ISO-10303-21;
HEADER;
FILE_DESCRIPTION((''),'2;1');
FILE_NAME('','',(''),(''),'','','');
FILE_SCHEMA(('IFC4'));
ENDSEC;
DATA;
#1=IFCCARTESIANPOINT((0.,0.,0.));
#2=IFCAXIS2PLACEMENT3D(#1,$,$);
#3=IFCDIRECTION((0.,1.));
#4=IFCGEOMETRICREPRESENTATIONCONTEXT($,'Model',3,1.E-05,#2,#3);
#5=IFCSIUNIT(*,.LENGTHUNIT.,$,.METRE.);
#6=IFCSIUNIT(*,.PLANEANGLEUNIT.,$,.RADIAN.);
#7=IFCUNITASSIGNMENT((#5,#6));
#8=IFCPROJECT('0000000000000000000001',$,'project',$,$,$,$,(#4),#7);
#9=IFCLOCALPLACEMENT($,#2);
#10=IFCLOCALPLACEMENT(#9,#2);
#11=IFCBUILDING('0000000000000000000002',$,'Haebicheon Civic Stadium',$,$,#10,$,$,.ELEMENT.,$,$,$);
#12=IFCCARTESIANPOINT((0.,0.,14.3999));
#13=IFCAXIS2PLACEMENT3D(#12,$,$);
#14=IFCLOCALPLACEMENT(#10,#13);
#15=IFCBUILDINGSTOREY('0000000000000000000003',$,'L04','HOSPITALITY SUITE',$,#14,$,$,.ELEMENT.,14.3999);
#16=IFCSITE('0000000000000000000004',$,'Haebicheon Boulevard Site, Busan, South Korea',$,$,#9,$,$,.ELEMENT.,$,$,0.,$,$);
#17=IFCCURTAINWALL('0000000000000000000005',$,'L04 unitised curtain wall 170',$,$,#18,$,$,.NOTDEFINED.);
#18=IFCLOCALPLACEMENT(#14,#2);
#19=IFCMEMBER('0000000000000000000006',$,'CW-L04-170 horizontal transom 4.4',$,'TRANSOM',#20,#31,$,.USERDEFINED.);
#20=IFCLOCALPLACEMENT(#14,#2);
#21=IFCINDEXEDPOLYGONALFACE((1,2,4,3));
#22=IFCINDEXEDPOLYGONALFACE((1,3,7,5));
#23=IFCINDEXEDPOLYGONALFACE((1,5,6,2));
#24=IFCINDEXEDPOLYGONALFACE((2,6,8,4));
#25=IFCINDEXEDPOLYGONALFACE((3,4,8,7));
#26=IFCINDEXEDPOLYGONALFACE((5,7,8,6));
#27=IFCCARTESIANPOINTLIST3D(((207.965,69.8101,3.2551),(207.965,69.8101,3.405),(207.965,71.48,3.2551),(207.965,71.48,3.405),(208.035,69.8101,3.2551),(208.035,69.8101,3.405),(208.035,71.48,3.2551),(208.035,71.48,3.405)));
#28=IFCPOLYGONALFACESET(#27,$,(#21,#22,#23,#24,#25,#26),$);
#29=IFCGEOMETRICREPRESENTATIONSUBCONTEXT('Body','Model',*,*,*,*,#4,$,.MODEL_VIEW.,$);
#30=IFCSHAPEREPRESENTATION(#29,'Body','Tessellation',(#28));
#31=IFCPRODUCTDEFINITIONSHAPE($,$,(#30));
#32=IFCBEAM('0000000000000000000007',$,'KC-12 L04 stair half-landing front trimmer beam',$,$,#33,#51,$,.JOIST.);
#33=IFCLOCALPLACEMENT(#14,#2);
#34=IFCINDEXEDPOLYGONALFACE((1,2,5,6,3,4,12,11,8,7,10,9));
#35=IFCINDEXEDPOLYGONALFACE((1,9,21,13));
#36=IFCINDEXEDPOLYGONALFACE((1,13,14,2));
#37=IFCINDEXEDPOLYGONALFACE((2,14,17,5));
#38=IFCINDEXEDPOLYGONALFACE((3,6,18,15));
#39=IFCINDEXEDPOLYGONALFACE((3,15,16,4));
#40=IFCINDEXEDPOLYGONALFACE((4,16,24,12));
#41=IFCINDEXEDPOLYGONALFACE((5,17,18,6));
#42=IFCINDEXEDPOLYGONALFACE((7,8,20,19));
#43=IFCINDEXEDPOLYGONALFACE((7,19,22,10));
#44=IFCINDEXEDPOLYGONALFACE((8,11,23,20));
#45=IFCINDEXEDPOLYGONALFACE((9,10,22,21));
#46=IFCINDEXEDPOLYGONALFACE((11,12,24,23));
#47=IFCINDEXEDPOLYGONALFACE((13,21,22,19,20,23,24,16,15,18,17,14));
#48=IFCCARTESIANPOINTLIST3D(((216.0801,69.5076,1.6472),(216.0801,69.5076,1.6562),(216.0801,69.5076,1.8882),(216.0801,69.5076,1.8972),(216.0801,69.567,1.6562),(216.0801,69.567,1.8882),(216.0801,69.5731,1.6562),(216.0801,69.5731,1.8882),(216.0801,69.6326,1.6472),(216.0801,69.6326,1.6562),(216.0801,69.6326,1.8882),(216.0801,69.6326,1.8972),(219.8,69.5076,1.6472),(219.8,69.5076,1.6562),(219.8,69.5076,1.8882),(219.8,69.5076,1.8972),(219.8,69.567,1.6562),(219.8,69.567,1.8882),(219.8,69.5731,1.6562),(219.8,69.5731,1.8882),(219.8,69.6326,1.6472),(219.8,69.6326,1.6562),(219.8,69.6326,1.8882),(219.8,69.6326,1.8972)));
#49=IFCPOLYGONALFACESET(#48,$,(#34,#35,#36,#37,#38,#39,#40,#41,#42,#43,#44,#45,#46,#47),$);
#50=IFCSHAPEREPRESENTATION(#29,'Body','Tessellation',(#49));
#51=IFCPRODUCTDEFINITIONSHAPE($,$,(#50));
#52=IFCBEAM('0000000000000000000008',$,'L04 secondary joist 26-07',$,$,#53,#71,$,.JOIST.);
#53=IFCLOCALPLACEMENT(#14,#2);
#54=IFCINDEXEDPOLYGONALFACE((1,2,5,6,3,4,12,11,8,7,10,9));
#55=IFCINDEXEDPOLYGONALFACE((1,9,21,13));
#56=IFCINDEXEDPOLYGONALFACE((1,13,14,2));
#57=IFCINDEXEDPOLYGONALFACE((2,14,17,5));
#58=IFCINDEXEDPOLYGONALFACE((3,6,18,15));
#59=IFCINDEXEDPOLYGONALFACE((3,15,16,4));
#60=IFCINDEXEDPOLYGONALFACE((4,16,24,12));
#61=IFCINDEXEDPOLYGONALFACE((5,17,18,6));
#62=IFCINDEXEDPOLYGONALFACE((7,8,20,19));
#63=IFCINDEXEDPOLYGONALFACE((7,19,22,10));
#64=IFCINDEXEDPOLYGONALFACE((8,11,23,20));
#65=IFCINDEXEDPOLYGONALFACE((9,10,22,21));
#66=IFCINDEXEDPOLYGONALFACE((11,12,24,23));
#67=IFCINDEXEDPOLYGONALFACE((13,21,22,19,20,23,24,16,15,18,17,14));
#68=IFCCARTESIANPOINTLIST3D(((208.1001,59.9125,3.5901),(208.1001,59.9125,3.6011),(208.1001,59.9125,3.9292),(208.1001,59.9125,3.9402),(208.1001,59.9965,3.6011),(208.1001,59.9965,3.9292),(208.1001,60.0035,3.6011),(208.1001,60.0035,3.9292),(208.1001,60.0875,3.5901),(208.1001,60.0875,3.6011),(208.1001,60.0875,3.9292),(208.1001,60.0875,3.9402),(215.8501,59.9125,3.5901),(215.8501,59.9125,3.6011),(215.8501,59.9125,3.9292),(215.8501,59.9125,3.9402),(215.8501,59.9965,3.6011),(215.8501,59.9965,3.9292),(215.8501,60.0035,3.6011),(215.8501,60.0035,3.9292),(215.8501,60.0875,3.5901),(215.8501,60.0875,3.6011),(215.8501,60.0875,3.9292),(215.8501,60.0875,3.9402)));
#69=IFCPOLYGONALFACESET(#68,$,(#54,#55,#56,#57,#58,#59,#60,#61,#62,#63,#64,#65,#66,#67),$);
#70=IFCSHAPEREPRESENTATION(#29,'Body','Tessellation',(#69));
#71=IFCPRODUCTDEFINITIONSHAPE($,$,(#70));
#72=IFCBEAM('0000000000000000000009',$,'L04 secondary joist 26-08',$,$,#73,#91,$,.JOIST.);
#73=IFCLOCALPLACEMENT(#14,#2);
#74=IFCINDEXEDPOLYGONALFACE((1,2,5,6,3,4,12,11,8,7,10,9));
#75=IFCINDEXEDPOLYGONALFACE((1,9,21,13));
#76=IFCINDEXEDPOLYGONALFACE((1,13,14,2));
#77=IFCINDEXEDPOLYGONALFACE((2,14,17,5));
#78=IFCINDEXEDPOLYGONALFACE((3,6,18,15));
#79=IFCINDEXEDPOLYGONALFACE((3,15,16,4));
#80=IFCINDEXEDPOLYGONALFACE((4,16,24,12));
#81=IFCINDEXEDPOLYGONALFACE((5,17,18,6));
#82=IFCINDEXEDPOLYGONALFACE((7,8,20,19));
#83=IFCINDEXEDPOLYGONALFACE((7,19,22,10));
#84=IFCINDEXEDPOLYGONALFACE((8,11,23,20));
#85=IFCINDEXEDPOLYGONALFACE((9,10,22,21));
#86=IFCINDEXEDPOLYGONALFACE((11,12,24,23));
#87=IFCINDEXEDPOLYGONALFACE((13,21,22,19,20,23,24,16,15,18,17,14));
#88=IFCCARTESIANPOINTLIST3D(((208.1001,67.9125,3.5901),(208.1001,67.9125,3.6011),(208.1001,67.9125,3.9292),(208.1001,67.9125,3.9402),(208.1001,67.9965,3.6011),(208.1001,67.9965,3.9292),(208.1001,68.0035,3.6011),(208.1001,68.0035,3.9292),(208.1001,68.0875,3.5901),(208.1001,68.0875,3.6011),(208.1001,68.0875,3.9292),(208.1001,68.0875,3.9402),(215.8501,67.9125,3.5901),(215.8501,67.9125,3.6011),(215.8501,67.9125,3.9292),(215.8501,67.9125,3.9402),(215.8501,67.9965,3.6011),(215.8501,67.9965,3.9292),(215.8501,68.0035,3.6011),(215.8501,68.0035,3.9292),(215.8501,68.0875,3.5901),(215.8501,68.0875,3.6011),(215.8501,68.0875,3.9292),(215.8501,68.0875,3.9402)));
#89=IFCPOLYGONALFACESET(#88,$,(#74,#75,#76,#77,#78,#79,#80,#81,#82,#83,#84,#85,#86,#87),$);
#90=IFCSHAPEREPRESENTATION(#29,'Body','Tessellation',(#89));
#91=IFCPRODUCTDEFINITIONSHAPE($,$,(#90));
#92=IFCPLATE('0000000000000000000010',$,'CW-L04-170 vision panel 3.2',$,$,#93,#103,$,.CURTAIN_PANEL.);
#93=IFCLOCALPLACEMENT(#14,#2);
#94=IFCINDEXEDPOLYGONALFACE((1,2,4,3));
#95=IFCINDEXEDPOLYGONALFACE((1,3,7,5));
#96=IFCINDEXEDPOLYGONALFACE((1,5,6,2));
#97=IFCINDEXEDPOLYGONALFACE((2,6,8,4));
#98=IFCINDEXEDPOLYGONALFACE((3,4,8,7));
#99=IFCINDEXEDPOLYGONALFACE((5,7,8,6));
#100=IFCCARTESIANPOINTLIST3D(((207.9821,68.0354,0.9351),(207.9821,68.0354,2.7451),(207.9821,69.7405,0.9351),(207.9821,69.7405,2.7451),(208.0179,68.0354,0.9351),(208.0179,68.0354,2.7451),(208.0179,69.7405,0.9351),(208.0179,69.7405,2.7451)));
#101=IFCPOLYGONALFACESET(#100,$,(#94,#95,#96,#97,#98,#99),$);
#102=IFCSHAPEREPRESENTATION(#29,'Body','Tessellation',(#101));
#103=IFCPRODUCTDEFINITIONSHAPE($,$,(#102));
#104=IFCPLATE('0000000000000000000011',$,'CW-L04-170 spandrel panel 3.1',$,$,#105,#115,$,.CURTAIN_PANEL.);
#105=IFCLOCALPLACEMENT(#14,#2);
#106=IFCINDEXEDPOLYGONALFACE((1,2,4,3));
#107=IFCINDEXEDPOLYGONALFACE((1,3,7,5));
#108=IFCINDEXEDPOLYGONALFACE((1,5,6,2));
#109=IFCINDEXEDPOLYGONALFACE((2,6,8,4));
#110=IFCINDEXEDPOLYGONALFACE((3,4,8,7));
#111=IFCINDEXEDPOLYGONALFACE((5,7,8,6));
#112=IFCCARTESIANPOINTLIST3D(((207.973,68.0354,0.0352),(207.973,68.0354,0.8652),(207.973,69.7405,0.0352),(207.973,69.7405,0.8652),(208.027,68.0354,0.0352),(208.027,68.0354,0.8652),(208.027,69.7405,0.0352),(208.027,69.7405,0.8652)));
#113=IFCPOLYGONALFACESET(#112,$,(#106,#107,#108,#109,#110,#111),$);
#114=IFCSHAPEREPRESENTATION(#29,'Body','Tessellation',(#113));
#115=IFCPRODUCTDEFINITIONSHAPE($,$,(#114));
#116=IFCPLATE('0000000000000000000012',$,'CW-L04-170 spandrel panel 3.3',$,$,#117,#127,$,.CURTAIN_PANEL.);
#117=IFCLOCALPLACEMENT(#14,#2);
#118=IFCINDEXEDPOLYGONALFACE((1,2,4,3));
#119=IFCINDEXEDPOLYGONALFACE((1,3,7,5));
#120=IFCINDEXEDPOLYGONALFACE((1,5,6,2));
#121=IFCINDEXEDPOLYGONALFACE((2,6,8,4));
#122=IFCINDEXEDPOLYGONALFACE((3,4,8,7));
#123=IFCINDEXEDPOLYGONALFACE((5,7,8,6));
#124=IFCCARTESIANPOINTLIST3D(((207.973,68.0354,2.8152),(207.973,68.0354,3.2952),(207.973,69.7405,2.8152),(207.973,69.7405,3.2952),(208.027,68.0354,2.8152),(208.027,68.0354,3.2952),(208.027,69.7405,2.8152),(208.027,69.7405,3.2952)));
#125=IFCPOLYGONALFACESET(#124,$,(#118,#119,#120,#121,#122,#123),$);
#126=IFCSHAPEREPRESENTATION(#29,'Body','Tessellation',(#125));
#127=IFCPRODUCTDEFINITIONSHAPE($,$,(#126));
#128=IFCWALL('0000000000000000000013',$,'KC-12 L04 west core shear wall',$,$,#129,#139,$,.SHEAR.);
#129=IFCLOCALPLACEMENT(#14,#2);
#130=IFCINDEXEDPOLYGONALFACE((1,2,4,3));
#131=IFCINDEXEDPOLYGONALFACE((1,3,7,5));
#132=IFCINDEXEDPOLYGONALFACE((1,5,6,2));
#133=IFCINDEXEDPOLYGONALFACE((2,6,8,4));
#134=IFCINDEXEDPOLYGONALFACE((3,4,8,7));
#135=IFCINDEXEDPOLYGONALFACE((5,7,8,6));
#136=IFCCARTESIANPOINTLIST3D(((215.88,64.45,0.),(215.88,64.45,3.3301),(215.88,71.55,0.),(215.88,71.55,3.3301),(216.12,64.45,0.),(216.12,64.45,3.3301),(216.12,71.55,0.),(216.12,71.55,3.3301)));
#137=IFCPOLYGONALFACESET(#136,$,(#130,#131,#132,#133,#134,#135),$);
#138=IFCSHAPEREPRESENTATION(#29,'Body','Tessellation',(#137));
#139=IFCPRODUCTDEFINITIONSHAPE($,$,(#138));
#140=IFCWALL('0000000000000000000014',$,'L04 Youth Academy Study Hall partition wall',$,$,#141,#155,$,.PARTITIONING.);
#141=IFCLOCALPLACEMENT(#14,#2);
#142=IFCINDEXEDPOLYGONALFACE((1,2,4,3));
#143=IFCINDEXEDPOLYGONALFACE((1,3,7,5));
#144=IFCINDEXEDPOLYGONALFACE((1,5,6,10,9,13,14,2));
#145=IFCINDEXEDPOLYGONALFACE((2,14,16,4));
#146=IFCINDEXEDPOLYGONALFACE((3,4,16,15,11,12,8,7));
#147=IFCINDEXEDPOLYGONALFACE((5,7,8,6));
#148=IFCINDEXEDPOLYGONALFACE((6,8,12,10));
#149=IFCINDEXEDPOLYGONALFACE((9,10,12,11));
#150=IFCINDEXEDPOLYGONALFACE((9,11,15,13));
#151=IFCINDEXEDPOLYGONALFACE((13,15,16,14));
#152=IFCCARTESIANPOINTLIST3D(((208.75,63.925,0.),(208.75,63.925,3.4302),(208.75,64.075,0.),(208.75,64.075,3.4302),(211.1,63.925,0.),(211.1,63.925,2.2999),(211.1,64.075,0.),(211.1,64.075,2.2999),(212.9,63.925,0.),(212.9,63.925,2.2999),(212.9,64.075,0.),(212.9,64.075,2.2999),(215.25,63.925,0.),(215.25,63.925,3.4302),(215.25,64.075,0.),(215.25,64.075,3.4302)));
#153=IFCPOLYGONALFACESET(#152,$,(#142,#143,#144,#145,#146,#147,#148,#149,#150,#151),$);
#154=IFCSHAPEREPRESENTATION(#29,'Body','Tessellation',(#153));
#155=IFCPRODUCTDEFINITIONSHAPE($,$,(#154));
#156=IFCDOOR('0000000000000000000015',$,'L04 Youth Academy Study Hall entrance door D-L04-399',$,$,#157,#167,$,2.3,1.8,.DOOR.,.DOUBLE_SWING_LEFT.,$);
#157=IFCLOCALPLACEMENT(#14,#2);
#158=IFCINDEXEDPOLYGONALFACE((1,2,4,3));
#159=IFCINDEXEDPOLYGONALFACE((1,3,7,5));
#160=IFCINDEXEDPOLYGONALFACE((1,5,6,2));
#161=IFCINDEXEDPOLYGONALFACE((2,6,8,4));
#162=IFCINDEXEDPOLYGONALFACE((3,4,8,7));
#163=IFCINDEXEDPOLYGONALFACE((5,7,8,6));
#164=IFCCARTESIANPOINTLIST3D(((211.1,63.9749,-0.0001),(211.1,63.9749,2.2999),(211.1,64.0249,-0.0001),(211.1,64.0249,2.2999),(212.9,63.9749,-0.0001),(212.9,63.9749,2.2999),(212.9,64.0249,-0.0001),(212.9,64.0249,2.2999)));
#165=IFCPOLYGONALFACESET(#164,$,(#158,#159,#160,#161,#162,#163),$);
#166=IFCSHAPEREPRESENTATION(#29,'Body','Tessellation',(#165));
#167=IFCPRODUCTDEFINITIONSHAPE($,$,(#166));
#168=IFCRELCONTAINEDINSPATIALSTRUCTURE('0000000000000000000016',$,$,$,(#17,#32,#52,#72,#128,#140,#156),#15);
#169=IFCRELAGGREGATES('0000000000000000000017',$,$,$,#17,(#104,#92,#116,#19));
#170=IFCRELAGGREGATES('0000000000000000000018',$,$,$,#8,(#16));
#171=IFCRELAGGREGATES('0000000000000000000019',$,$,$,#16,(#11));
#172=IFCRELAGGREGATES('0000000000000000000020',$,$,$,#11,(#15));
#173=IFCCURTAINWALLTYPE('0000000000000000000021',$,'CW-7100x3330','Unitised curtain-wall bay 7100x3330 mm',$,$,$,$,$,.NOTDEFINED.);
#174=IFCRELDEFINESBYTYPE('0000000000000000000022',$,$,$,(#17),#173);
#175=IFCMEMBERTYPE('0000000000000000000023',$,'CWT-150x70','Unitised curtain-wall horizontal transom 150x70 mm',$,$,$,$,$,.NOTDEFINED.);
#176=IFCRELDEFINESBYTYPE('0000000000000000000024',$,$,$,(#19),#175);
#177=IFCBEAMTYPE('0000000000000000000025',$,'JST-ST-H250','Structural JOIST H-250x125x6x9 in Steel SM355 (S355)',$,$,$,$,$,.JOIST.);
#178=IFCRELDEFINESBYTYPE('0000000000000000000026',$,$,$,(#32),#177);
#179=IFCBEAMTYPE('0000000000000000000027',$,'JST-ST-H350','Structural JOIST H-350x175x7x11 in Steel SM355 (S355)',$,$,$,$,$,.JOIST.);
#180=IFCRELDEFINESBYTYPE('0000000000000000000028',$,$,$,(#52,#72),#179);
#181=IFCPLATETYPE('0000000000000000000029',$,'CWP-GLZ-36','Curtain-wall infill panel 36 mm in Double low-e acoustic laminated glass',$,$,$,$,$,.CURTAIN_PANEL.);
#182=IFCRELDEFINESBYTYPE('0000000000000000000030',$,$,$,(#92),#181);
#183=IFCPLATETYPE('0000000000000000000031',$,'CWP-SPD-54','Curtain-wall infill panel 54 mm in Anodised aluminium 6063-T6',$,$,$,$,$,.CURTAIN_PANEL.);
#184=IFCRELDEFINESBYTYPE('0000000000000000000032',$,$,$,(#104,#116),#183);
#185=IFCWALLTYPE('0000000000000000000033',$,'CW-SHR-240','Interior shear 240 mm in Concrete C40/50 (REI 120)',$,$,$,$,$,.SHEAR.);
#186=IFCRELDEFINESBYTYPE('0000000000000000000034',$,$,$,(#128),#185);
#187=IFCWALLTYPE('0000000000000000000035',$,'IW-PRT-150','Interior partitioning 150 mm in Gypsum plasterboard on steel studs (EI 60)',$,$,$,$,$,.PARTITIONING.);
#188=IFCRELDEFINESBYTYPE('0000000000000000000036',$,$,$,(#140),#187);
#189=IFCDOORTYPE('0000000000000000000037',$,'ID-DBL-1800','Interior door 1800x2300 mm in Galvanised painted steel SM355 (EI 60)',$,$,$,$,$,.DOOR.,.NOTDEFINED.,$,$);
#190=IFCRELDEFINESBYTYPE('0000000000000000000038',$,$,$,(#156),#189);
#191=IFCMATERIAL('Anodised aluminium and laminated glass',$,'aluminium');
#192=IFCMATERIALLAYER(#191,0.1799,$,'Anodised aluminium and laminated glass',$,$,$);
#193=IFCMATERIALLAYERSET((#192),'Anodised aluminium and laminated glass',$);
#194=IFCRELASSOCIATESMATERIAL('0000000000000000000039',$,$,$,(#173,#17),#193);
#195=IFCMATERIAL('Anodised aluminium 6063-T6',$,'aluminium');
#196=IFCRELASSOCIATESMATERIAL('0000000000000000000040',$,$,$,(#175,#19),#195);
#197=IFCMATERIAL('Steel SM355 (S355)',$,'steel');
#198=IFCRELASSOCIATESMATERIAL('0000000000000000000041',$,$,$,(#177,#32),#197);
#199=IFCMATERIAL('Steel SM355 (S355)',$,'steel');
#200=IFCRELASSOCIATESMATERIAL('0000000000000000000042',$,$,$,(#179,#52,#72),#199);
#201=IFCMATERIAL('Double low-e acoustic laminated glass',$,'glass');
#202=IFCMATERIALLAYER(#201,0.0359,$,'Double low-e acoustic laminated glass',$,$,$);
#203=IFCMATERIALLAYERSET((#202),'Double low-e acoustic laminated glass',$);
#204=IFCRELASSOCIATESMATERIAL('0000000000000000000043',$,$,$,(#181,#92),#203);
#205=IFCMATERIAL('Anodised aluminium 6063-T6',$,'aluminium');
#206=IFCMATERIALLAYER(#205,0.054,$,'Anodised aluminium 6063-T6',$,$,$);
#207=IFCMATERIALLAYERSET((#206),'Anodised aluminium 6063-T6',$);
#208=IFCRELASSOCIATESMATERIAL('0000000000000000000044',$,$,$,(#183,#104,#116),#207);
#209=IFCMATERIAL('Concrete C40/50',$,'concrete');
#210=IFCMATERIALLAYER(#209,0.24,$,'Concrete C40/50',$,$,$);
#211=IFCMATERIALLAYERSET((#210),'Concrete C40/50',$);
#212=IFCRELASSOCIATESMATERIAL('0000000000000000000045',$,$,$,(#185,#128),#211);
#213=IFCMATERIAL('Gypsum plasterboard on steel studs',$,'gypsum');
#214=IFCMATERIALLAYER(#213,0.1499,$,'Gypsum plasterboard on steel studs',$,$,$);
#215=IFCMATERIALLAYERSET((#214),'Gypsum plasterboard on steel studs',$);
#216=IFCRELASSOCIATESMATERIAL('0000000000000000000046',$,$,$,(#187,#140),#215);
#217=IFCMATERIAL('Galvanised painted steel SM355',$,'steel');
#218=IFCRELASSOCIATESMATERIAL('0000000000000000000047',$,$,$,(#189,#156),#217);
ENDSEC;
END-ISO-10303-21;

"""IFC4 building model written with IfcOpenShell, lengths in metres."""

from ifc_helpers import new_model, si_unit, direction, frame, frame_2d, origin, origin_2d, place, context, subcontext, project, spatial, rectangle, i_section, extrude, material, layer, layer_set, material_profile, profile_set, type_object, element, fill, aggregate, save


model = new_model("IFC4")

# Units and contexts
model_context = context("Model", 3, precision=1e-05, world=origin(), true_north=direction((0.0, 1.0)))
body_context = subcontext(model_context, "Body", "Model", "MODEL_VIEW")
ifc_project = project(units=[si_unit("LENGTHUNIT", "METRE"), si_unit("PLANEANGLEUNIT", "RADIAN")], contexts=[model_context])

# Site, building, storey
site_placement = place(None, origin())
site = spatial("IfcSite", under=ifc_project, at=site_placement, Name="Haebicheon Boulevard Site, Busan, South Korea", CompositionType="ELEMENT", RefElevation=0.0)
building_placement = place(site_placement, origin())
building = spatial("IfcBuilding", under=site, at=building_placement, Name="Haebicheon Civic Stadium", CompositionType="ELEMENT")
storey_placement = place(building_placement, frame((0.0, 0.0, 14.3999)))
storey = spatial("IfcBuildingStorey", under=building, at=storey_placement, Name="L04", Description="HOSPITALITY SUITE", CompositionType="ELEMENT", Elevation=14.3999)

# Curtain wall, member
ifc_material_1 = material(Name="Anodised aluminium and laminated glass", Category="aluminium")
ifc_layer_1 = layer(ifc_material_1, 0.1799, Name="Anodised aluminium and laminated glass")
ifc_layer_set_1 = layer_set([ifc_layer_1], Name="Anodised aluminium and laminated glass")
curtain_wall_type = type_object("IfcCurtainWallType", Name="CW-7100x3330", Description="Unitised curtain-wall bay 7100x3330 mm", PredefinedType="NOTDEFINED", material=ifc_layer_set_1)
curtain_wall_placement = place(storey_placement, origin())
curtain_wall = element("IfcCurtainWall", 1, at=curtain_wall_placement, inside=storey, type_object=curtain_wall_type, material=ifc_layer_set_1, Name="L04 unitised curtain wall 170", PredefinedType="NOTDEFINED")
ifc_material_2 = material(Name="Anodised aluminium 6063-T6", Category="aluminium")
ifc_material_profile_1 = material_profile(ifc_material_2, rectangle(XDim=0.0701, YDim=0.1499, at=origin_2d()), Name="ALU-TRAN-70x150")
ifc_profile_set_1 = profile_set([ifc_material_profile_1], Name="Anodised aluminium 6063-T6")
member_type_1 = type_object("IfcMemberType", Name="CWT-150x70", Description="Unitised curtain-wall horizontal transom 150x70 mm", PredefinedType="NOTDEFINED", material=ifc_profile_set_1)
member_1_placement = place(storey_placement, frame((208.0, 69.8101, 3.3301), z_axis=(0.0, 1.0, 0.0), x_axis=(-1.0, 0.0, 0.0)))
member_1 = element("IfcMember", 2, at=member_1_placement, type_object=member_type_1, material=ifc_profile_set_1, Name="CW-L04-170 horizontal transom 4.4", ObjectType="TRANSOM", PredefinedType="USERDEFINED", context=body_context, shape_type="SweptSolid", body=[
    extrude(rectangle(XDim=0.0701, YDim=0.1499, at=origin_2d()), origin(), (0.0, 0.0, 1.0), 1.6699),
])

# Beams
ifc_material_3 = material(Name="Steel SM355 (S355)", Category="steel")
ifc_material_profile_2 = material_profile(ifc_material_3, i_section(OverallWidth=0.125, OverallDepth=0.25, WebThickness=0.0061, FlangeThickness=0.009, at=origin_2d()), Name="H-250x125x6x9")
ifc_profile_set_2 = profile_set([ifc_material_profile_2], Name="Steel SM355 (S355)")
beam_type_1 = type_object("IfcBeamType", Name="JST-ST-H250", Description="Structural JOIST H-250x125x6x9 in Steel SM355 (S355)", PredefinedType="JOIST", material=ifc_profile_set_2)
beam_1_placement = place(storey_placement, frame((216.0801, 69.5701, 1.7722), z_axis=(1.0, 0.0, 0.0), x_axis=(0.0, 1.0, 0.0)))
element("IfcBeam", 3, at=beam_1_placement, inside=storey, type_object=beam_type_1, material=ifc_profile_set_2, Name="KC-12 L04 stair half-landing front trimmer beam", PredefinedType="JOIST", context=body_context, shape_type="SweptSolid", body=[
    extrude(i_section(OverallWidth=0.125, OverallDepth=0.25, WebThickness=0.0061, FlangeThickness=0.009, at=origin_2d()), origin(), (0.0, 0.0, 1.0), 3.72),
])
ifc_material_4 = material(Name="Steel SM355 (S355)", Category="steel")
ifc_material_profile_3 = material_profile(ifc_material_4, i_section(OverallWidth=0.175, OverallDepth=0.3501, WebThickness=0.0071, FlangeThickness=0.011, at=origin_2d()), Name="H-350x175x7x11")
ifc_profile_set_3 = profile_set([ifc_material_profile_3], Name="Steel SM355 (S355)")
beam_type_2 = type_object("IfcBeamType", Name="JST-ST-H350", Description="Structural JOIST H-350x175x7x11 in Steel SM355 (S355)", PredefinedType="JOIST", material=ifc_profile_set_3)
for number, where, z_axis, x_axis, name in (
    (4, (208.1001, 60.0, 3.7651), (1.0, 0.0, 0.0), (0.0, 1.0, 0.0), "L04 secondary joist 26-07"),
    (5, (208.1001, 68.0, 3.7651), (1.0, 0.0, 0.0), (0.0, 1.0, 0.0), "L04 secondary joist 26-08"),
):
    element("IfcBeam", number, at=place(storey_placement, frame(where, z_axis=z_axis, x_axis=x_axis)), inside=storey, type_object=beam_type_2, material=ifc_profile_set_3, Name=name, PredefinedType="JOIST", context=body_context, shape_type="SweptSolid", body=[
        extrude(i_section(OverallWidth=0.175, OverallDepth=0.3501, WebThickness=0.0071, FlangeThickness=0.011, at=origin_2d()), origin(), (0.0, 0.0, 1.0), 7.75),
    ])

# Plates
ifc_material_5 = material(Name="Double low-e acoustic laminated glass", Category="glass")
ifc_layer_2 = layer(ifc_material_5, 0.0359, Name="Double low-e acoustic laminated glass")
ifc_layer_set_2 = layer_set([ifc_layer_2], Name="Double low-e acoustic laminated glass")
plate_type_1 = type_object("IfcPlateType", Name="CWP-GLZ-36", Description="Curtain-wall infill panel 36 mm in Double low-e acoustic laminated glass", PredefinedType="CURTAIN_PANEL", material=ifc_layer_set_2)
plate_1_placement = place(storey_placement, frame((208.0, 68.8879, 0.9351), z_axis=(0.0, 0.0, 1.0), x_axis=(0.0, 1.0, 0.0)))
plate_1 = element("IfcPlate", 6, at=plate_1_placement, type_object=plate_type_1, material=ifc_layer_set_2, Name="CW-L04-170 vision panel 3.2", PredefinedType="CURTAIN_PANEL", context=body_context, shape_type="SweptSolid", body=[
    extrude(rectangle(XDim=1.7051, YDim=0.0359, at=origin_2d()), origin(), (0.0, 0.0, 1.0), 1.8101),
])
ifc_material_6 = material(Name="Anodised aluminium 6063-T6", Category="aluminium")
ifc_layer_3 = layer(ifc_material_6, 0.054, Name="Anodised aluminium 6063-T6")
ifc_layer_set_3 = layer_set([ifc_layer_3], Name="Anodised aluminium 6063-T6")
plate_type_2 = type_object("IfcPlateType", Name="CWP-SPD-54", Description="Curtain-wall infill panel 54 mm in Anodised aluminium 6063-T6", PredefinedType="CURTAIN_PANEL", material=ifc_layer_set_3)
plate_2_placement = place(storey_placement, frame((208.0, 68.8879, 0.0352), z_axis=(0.0, 0.0, 1.0), x_axis=(0.0, 1.0, 0.0)))
plate_2 = element("IfcPlate", 7, at=plate_2_placement, type_object=plate_type_2, material=ifc_layer_set_3, Name="CW-L04-170 spandrel panel 3.1", PredefinedType="CURTAIN_PANEL", context=body_context, shape_type="SweptSolid", body=[
    extrude(rectangle(XDim=1.7051, YDim=0.054, at=origin_2d()), origin(), (0.0, 0.0, 1.0), 0.8301),
])
plate_3_placement = place(storey_placement, frame((208.0, 68.8879, 2.8152), z_axis=(0.0, 0.0, 1.0), x_axis=(0.0, 1.0, 0.0)))
plate_3 = element("IfcPlate", 8, at=plate_3_placement, type_object=plate_type_2, material=ifc_layer_set_3, Name="CW-L04-170 spandrel panel 3.3", PredefinedType="CURTAIN_PANEL", context=body_context, shape_type="SweptSolid", body=[
    extrude(rectangle(XDim=1.7051, YDim=0.054, at=origin_2d()), origin(), (0.0, 0.0, 1.0), 0.48),
])
aggregate(curtain_wall, [plate_2, plate_1, plate_3, member_1])

# Wall
ifc_material_7 = material(Name="Concrete C40/50", Category="concrete")
ifc_layer_4 = layer(ifc_material_7, 0.24, Name="Concrete C40/50")
ifc_layer_set_4 = layer_set([ifc_layer_4], Name="Concrete C40/50")
wall_type_1 = type_object("IfcWallType", Name="CW-SHR-240", Description="Interior shear 240 mm in Concrete C40/50 (REI 120)", PredefinedType="SHEAR", material=ifc_layer_set_4)
wall_1_placement = place(storey_placement, frame((216.0, 64.45, 0.0), z_axis=(0.0, 0.0, 1.0), x_axis=(0.0, 1.0, 0.0)))
element("IfcWall", 9, at=wall_1_placement, inside=storey, type_object=wall_type_1, material=ifc_layer_set_4, Name="KC-12 L04 west core shear wall", PredefinedType="SHEAR", context=body_context, shape_type="SweptSolid", body=[
    extrude(rectangle(XDim=7.1001, YDim=0.24, at=frame_2d((3.55, 0.0))), origin(), (0.0, 0.0, 1.0), 3.3301),
])

# Wall, opening, door
ifc_material_8 = material(Name="Gypsum plasterboard on steel studs", Category="gypsum")
ifc_layer_5 = layer(ifc_material_8, 0.1499, Name="Gypsum plasterboard on steel studs")
ifc_layer_set_5 = layer_set([ifc_layer_5], Name="Gypsum plasterboard on steel studs")
wall_type_2 = type_object("IfcWallType", Name="IW-PRT-150", Description="Interior partitioning 150 mm in Gypsum plasterboard on steel studs (EI 60)", PredefinedType="PARTITIONING", material=ifc_layer_set_5)
wall_2_placement = place(storey_placement, frame((208.75, 64.0, 0.0), z_axis=(0.0, 0.0, 1.0), x_axis=(1.0, 0.0, 0.0)))
wall_2 = element("IfcWall", 10, at=wall_2_placement, inside=storey, type_object=wall_type_2, material=ifc_layer_set_5, Name="L04 Youth Academy Study Hall partition wall", PredefinedType="PARTITIONING", context=body_context, shape_type="SweptSolid", body=[
    extrude(rectangle(XDim=6.5, YDim=0.1499, at=frame_2d((3.25, 0.0))), origin(), (0.0, 0.0, 1.0), 3.4302),
])
opening_placement = place(wall_2_placement, frame((2.3501, 0.0, 0.0)))
opening = element("IfcOpeningElement", 11, at=opening_placement, cuts=wall_2, PredefinedType="OPENING", context=body_context, shape_type="SweptSolid", body=[
    extrude(rectangle(XDim=1.8, YDim=2.3, at=frame_2d((0.8999, 1.1499))), frame((0.0, 0.085, 0.0), z_axis=(0.0, -1.0, 0.0), x_axis=(1.0, 0.0, 0.0)), (0.0, 0.0, 1.0), 0.1699),
])
ifc_material_9 = material(Name="Galvanised painted steel SM355", Category="steel")
door_type = type_object("IfcDoorType", Name="ID-DBL-1800", Description="Interior door 1800x2300 mm in Galvanised painted steel SM355 (EI 60)", OperationType="NOTDEFINED", PredefinedType="DOOR", material=ifc_material_9)
door_placement = place(opening_placement, origin())
door = element("IfcDoor", 12, at=door_placement, inside=storey, type_object=door_type, material=ifc_material_9, Name="L04 Youth Academy Study Hall entrance door D-L04-399", OperationType="DOUBLE_SWING_LEFT", OverallHeight=2.3, OverallWidth=1.8, PredefinedType="DOOR", context=body_context, shape_type="SweptSolid", body=[
    extrude(rectangle(XDim=1.8, YDim=2.3, at=frame_2d((0.8999, 1.1499))), frame((0.0, 0.0249, 0.0), z_axis=(0.0, -1.0, 0.0), x_axis=(1.0, 0.0, 0.0)), (0.0, 0.0, 1.0), 0.05),
])
fill(opening, door)

save(model, "model.ifc")
